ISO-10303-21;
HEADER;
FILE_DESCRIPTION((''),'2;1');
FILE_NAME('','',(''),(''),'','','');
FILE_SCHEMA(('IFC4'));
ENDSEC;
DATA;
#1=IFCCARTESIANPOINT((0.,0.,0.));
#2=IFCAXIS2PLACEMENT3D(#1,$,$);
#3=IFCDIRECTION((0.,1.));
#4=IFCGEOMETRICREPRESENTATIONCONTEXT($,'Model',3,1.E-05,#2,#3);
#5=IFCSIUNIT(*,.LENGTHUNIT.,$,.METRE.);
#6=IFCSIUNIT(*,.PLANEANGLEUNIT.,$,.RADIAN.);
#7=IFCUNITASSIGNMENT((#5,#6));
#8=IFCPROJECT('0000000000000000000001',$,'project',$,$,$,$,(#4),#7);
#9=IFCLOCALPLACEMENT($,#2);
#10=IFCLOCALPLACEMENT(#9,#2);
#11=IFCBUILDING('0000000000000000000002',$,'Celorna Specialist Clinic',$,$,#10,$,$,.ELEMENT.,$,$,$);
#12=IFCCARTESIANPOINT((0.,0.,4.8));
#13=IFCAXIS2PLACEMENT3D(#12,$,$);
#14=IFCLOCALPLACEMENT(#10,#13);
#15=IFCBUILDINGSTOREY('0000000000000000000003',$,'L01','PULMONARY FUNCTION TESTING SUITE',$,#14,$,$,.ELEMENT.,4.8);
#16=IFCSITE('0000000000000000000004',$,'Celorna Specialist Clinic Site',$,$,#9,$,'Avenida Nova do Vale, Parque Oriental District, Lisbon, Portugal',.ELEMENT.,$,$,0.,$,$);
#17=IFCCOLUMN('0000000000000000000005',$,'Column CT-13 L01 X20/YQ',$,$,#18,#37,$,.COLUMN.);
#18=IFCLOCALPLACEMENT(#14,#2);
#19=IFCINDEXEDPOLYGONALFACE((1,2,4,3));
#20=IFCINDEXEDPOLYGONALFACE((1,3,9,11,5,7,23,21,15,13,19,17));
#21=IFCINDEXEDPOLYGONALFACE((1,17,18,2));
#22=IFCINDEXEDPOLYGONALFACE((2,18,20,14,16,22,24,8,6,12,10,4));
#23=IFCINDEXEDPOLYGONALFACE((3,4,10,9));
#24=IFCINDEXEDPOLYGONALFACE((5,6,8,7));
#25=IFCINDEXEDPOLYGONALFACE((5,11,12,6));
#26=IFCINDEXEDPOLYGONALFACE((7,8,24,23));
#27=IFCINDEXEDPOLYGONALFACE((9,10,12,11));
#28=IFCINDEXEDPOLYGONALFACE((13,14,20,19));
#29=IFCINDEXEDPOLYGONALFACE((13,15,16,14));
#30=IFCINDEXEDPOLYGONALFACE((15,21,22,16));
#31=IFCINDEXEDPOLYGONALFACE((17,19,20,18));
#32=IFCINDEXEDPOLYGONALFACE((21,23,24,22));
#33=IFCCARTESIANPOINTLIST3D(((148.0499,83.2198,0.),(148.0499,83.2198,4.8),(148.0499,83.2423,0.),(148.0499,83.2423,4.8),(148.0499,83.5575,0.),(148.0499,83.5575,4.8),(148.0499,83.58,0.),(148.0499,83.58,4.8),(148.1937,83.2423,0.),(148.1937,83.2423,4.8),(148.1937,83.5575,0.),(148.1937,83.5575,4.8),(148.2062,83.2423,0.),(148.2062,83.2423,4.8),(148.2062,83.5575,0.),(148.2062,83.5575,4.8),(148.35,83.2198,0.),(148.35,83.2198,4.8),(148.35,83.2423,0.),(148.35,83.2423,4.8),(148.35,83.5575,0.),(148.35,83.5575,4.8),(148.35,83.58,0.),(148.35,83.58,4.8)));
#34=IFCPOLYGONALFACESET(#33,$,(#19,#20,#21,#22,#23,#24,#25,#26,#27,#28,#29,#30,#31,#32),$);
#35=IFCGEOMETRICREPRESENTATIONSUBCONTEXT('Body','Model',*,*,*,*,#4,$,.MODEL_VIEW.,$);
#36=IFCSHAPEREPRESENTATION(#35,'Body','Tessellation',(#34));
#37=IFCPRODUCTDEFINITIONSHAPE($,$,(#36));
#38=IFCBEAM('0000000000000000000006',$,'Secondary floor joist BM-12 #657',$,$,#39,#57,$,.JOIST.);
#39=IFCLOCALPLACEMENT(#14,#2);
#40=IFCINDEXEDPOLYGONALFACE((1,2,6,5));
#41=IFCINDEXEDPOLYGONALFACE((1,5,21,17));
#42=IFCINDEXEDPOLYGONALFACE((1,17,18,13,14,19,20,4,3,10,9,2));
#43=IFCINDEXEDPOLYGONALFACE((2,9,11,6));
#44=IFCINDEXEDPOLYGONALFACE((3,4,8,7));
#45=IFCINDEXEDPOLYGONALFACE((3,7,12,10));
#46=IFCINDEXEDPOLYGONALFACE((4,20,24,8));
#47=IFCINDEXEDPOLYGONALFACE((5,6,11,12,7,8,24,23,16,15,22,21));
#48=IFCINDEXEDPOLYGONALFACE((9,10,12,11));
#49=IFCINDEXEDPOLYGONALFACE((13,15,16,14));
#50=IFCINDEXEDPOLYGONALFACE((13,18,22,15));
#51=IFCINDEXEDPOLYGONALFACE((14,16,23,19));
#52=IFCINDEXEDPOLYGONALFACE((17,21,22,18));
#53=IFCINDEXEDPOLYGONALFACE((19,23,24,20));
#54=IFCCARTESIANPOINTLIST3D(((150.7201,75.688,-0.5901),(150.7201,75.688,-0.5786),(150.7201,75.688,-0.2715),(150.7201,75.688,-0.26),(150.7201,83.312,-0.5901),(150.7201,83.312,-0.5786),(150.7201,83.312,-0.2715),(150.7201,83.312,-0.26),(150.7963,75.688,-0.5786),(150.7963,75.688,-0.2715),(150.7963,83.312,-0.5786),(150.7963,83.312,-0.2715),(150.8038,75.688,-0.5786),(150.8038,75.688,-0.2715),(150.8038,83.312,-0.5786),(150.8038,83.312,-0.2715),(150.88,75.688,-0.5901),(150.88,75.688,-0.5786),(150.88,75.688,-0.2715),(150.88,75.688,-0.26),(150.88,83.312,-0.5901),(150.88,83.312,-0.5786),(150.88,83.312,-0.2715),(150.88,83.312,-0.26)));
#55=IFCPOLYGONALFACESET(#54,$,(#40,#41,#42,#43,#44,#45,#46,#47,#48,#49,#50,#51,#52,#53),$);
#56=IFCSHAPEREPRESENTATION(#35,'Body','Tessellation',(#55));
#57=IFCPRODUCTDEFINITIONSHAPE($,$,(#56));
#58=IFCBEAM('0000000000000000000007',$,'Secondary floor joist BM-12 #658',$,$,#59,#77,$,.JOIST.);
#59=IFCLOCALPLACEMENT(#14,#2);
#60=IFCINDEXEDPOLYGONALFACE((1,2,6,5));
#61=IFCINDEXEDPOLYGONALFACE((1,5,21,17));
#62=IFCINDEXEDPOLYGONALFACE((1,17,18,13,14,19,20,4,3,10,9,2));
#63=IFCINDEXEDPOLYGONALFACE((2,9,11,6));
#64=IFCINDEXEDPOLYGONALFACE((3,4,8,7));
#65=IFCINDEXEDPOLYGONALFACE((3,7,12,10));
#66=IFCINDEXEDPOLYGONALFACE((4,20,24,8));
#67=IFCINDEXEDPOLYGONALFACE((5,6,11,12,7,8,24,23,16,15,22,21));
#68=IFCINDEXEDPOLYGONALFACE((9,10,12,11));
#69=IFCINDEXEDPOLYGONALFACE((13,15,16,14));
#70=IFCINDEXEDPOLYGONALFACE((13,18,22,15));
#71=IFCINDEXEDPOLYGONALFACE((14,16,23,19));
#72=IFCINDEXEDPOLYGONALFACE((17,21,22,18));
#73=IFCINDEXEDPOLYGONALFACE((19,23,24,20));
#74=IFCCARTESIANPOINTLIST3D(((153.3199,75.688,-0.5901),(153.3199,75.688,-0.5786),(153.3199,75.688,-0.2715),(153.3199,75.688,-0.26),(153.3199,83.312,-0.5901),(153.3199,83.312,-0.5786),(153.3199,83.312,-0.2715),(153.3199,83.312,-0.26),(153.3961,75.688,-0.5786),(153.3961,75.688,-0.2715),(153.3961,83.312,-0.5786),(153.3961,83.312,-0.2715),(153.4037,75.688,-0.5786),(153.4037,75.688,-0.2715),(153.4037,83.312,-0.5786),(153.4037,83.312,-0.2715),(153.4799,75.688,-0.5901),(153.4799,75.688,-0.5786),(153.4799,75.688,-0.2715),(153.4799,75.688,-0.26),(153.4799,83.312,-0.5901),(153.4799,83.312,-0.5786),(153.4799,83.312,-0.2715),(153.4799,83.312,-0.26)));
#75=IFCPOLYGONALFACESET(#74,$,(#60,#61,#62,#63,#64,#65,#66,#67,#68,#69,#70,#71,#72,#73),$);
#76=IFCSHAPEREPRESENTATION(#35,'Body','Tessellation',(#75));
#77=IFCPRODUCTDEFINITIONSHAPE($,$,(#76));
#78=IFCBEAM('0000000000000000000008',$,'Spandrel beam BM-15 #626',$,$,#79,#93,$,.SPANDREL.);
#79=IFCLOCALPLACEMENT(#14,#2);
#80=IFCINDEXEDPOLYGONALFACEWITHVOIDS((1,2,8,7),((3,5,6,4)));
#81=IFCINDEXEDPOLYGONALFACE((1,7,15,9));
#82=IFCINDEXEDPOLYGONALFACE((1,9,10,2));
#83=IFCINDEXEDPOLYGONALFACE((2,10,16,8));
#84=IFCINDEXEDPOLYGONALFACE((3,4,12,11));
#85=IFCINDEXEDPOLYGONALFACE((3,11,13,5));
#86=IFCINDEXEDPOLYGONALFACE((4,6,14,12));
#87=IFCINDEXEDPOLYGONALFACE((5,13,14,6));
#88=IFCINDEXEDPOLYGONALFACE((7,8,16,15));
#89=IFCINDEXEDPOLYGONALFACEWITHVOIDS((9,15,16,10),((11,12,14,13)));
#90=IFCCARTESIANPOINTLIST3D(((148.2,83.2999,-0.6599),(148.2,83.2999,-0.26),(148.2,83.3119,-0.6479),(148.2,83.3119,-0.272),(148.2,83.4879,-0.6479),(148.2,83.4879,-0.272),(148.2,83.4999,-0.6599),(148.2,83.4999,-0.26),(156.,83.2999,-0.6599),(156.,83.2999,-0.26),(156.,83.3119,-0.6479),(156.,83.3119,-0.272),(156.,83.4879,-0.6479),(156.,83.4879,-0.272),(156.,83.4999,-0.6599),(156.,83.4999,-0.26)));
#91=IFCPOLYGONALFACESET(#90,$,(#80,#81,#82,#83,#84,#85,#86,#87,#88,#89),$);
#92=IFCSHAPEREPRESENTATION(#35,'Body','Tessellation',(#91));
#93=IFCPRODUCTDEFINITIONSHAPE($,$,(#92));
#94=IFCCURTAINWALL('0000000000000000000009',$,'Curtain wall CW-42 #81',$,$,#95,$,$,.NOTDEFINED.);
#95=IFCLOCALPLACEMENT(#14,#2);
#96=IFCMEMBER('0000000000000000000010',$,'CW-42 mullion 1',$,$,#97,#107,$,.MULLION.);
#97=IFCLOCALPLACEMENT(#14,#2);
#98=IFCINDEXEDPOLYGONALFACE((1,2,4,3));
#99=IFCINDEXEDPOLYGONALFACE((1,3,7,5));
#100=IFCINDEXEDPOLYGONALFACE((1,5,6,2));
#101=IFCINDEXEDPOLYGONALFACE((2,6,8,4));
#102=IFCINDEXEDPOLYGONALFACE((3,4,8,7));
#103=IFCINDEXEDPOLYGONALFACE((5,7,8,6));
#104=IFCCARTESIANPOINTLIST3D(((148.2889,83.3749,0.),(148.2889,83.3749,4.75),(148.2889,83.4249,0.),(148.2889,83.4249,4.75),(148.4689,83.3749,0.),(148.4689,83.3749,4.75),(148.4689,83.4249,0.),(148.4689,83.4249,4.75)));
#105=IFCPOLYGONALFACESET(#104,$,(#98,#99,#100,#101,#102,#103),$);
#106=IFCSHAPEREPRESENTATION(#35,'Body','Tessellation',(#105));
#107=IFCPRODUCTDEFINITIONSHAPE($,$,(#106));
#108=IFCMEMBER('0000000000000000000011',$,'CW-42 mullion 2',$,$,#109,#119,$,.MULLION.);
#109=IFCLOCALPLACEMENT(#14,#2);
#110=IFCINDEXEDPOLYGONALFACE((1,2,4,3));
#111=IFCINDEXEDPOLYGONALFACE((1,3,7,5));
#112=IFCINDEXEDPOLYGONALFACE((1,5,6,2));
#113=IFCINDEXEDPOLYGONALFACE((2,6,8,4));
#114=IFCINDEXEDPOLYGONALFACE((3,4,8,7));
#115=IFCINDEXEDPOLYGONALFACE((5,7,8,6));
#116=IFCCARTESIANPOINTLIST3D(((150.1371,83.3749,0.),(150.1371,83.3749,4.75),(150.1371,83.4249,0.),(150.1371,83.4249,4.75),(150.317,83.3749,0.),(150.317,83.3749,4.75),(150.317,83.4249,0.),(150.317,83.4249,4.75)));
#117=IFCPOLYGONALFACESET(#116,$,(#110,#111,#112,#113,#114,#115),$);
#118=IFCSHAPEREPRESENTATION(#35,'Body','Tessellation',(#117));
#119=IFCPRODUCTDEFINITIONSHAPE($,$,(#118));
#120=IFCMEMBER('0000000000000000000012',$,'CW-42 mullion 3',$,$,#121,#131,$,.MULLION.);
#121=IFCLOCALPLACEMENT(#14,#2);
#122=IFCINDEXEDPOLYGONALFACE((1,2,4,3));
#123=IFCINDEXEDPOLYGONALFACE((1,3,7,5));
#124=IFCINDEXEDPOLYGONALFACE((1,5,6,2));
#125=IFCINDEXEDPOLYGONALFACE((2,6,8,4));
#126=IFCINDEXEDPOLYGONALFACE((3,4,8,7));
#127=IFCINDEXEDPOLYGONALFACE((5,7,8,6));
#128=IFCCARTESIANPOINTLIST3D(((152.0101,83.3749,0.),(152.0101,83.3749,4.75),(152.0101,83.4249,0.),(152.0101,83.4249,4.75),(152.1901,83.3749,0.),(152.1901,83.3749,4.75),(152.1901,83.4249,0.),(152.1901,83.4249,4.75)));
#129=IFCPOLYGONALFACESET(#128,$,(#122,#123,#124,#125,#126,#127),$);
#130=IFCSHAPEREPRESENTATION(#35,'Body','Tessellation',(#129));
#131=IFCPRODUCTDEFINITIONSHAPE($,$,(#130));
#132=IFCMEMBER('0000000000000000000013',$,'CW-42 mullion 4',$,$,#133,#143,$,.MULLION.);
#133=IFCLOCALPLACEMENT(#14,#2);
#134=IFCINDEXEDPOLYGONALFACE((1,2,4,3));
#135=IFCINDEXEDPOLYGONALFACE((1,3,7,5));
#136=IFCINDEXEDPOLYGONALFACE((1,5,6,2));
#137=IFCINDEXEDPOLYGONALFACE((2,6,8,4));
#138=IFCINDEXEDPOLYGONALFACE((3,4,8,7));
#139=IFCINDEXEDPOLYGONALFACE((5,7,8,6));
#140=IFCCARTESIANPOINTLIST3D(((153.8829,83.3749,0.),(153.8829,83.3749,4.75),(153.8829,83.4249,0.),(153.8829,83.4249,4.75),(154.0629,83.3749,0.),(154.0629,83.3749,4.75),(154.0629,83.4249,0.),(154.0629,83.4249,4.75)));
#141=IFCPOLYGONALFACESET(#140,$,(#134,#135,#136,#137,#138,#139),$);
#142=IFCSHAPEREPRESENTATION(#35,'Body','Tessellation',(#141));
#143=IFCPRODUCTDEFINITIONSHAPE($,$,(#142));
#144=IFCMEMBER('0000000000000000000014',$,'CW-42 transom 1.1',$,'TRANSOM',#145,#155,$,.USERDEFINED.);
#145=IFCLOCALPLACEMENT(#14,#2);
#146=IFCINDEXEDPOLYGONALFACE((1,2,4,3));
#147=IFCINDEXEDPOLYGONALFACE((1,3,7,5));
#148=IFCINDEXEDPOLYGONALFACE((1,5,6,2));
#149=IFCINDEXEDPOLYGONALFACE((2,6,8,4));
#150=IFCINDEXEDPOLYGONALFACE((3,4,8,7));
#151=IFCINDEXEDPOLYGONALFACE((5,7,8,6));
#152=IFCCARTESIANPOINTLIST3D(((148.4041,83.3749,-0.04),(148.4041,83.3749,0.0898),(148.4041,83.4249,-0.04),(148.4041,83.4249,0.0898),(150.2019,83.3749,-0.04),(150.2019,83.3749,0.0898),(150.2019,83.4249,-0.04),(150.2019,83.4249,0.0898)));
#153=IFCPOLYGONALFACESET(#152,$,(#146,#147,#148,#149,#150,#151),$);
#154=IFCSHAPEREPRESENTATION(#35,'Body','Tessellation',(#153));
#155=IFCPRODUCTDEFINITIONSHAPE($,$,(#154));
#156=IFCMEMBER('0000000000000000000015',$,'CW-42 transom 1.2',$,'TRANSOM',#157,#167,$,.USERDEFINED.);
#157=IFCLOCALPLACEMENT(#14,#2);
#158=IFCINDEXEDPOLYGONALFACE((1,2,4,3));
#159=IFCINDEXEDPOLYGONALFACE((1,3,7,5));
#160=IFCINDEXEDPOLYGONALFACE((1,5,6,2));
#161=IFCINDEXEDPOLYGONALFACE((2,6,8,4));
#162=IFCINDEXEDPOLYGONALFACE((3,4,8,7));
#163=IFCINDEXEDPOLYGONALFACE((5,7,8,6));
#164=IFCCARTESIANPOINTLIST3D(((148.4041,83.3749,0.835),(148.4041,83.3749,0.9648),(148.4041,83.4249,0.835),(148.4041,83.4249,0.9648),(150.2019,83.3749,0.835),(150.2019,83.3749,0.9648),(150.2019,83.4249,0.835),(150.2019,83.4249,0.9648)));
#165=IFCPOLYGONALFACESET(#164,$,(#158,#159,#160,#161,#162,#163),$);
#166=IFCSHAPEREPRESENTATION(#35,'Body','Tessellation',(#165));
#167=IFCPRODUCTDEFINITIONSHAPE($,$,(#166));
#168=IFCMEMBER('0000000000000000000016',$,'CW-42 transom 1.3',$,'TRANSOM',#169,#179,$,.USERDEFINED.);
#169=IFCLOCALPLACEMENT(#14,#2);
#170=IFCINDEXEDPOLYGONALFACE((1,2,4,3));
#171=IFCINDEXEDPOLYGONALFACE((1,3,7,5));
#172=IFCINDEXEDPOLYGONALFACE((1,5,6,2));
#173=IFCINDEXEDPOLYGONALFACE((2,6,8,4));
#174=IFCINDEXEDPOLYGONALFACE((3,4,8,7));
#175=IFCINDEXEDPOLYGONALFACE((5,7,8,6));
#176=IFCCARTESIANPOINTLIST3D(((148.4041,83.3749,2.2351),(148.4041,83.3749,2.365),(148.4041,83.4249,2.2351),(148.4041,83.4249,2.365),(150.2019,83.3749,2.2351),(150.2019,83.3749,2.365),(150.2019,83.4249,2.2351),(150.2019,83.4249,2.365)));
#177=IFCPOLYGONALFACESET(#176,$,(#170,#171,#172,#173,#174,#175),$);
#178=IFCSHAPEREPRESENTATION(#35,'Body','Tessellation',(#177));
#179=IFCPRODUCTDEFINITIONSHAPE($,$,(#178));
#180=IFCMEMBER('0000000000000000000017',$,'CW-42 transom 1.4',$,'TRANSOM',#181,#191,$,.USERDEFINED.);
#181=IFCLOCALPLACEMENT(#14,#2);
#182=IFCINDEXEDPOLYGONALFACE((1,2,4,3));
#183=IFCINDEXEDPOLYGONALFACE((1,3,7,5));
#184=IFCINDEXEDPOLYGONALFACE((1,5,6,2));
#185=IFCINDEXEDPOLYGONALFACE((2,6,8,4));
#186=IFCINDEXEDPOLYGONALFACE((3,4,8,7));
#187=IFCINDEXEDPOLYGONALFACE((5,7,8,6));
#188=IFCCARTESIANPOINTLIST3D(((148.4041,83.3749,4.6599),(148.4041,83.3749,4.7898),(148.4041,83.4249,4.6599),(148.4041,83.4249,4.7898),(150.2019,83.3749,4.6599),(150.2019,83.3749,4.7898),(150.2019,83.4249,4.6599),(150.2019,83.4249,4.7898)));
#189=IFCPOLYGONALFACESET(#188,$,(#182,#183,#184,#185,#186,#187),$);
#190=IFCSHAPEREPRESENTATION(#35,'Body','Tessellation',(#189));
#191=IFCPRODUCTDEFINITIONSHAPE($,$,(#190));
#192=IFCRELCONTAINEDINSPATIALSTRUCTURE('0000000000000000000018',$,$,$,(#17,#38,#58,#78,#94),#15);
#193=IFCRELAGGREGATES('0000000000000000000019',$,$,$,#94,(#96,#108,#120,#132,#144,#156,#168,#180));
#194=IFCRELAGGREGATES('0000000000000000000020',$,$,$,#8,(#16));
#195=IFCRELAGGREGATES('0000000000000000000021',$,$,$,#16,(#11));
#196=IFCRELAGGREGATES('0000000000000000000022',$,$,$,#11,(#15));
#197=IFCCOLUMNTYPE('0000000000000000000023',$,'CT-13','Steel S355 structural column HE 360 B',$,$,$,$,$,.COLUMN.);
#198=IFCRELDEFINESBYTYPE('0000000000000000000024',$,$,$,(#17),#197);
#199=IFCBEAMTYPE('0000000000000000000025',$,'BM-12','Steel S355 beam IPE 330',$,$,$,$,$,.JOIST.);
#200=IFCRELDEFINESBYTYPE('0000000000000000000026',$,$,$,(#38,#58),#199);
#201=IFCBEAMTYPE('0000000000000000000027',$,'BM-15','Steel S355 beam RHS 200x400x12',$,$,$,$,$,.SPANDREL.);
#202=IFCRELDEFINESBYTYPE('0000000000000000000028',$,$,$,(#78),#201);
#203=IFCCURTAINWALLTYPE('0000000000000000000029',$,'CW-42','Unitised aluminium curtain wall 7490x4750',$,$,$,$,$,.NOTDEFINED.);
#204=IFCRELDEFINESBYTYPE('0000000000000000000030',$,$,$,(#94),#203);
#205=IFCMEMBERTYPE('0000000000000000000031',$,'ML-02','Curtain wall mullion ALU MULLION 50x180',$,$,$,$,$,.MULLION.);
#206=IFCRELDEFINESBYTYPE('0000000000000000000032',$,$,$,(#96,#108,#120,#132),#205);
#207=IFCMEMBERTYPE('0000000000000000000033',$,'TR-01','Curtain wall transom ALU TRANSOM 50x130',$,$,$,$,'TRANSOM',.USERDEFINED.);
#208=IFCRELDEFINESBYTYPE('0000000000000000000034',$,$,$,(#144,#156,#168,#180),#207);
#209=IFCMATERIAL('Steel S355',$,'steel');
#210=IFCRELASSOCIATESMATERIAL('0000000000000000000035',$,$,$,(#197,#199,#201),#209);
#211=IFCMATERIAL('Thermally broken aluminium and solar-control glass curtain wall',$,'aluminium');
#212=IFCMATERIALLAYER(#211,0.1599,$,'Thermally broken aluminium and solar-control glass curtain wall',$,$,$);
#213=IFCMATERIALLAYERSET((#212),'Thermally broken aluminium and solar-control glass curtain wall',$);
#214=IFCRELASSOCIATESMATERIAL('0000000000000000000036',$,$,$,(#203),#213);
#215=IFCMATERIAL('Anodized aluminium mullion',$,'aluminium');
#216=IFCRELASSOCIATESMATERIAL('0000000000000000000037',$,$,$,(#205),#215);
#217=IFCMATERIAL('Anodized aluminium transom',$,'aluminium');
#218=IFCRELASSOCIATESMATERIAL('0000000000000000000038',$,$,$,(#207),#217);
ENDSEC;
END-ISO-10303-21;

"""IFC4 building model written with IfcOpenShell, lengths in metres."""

from ifc_helpers import new_model, si_unit, direction, frame, origin, origin_2d, place, context, subcontext, project, spatial, rectangle, hollow_rectangle, i_section, extrude, material, layer, layer_set, material_profile, profile_set, type_object, element, aggregate, save


model = new_model("IFC4")

# Units and contexts
model_context = context("Model", 3, precision=1e-05, world=origin(), true_north=direction((0.0, 1.0)))
body_context = subcontext(model_context, "Body", "Model", "MODEL_VIEW")
ifc_project = project(units=[si_unit("LENGTHUNIT", "METRE"), si_unit("PLANEANGLEUNIT", "RADIAN")], contexts=[model_context])

# Site, building, storey
site_placement = place(None, origin())
site = spatial("IfcSite", under=ifc_project, at=site_placement, Name="Celorna Specialist Clinic Site", LongName="Avenida Nova do Vale, Parque Oriental District, Lisbon, Portugal", CompositionType="ELEMENT", RefElevation=0.0)
building_placement = place(site_placement, origin())
building = spatial("IfcBuilding", under=site, at=building_placement, Name="Celorna Specialist Clinic", CompositionType="ELEMENT")
storey_placement = place(building_placement, frame((0.0, 0.0, 4.8)))
storey = spatial("IfcBuildingStorey", under=building, at=storey_placement, Name="L01", Description="PULMONARY FUNCTION TESTING SUITE", CompositionType="ELEMENT", Elevation=4.8)

# Column
ifc_material_1 = material(Name="Steel S355", Category="steel")
ifc_material_profile_1 = material_profile(ifc_material_1, i_section(OverallWidth=0.3, OverallDepth=0.3601, WebThickness=0.0125, FlangeThickness=0.0225, at=origin_2d()), Name="HE 360 B")
ifc_profile_set_1 = profile_set([ifc_material_profile_1], Name="Steel S355")
column_type = type_object("IfcColumnType", Name="CT-13", Description="Steel S355 structural column HE 360 B", PredefinedType="COLUMN", material=ifc_profile_set_1)
column_placement = place(storey_placement, frame((148.2, 83.3999, 0.0), z_axis=(0.0, 0.0, 1.0), x_axis=(1.0, 0.0, 0.0)))
element("IfcColumn", 1, at=column_placement, inside=storey, type_object=column_type, Name="Column CT-13 L01 X20/YQ", PredefinedType="COLUMN", context=body_context, shape_type="SweptSolid", body=[
    extrude(i_section(OverallWidth=0.3, OverallDepth=0.3601, WebThickness=0.0125, FlangeThickness=0.0225, at=origin_2d()), origin(), (0.0, 0.0, 1.0), 4.8),
])

# Beams
ifc_material_profile_2 = material_profile(ifc_material_1, i_section(OverallWidth=0.1599, OverallDepth=0.3301, WebThickness=0.0076, FlangeThickness=0.0115, at=origin_2d()), Name="IPE 330")
ifc_profile_set_2 = profile_set([ifc_material_profile_2], Name="Steel S355")
beam_type_1 = type_object("IfcBeamType", Name="BM-12", Description="Steel S355 beam IPE 330", PredefinedType="JOIST", material=ifc_profile_set_2)
for number, where, z_axis, x_axis, name in (
    (2, (150.8, 75.688, -0.425), (0.0, 1.0, 0.0), (-1.0, 0.0, 0.0), "Secondary floor joist BM-12 #657"),
    (3, (153.3999, 75.688, -0.425), (0.0, 1.0, 0.0), (-1.0, 0.0, 0.0), "Secondary floor joist BM-12 #658"),
):
    element("IfcBeam", number, at=place(storey_placement, frame(where, z_axis=z_axis, x_axis=x_axis)), inside=storey, type_object=beam_type_1, Name=name, PredefinedType="JOIST", context=body_context, shape_type="SweptSolid", body=[
        extrude(i_section(OverallWidth=0.1599, OverallDepth=0.3301, WebThickness=0.0076, FlangeThickness=0.0115, at=origin_2d()), origin(), (0.0, 0.0, 1.0), 7.624),
    ])
ifc_material_profile_3 = material_profile(ifc_material_1, hollow_rectangle(XDim=0.2, YDim=0.3999, WallThickness=0.012, at=origin_2d()), Name="RHS 200x400x12")
ifc_profile_set_3 = profile_set([ifc_material_profile_3], Name="Steel S355")
beam_type_2 = type_object("IfcBeamType", Name="BM-15", Description="Steel S355 beam RHS 200x400x12", PredefinedType="SPANDREL", material=ifc_profile_set_3)
beam_placement = place(storey_placement, frame((148.2, 83.3999, -0.46), z_axis=(1.0, 0.0, 0.0), x_axis=(0.0, 1.0, 0.0)))
element("IfcBeam", 4, at=beam_placement, inside=storey, type_object=beam_type_2, Name="Spandrel beam BM-15 #626", PredefinedType="SPANDREL", context=body_context, shape_type="SweptSolid", body=[
    extrude(hollow_rectangle(XDim=0.2, YDim=0.3999, WallThickness=0.012, at=origin_2d()), origin(), (0.0, 0.0, 1.0), 7.8),
])

# Curtain wall, members
ifc_material_2 = material(Name="Thermally broken aluminium and solar-control glass curtain wall", Category="aluminium")
ifc_layer_1 = layer(ifc_material_2, 0.1599, Name="Thermally broken aluminium and solar-control glass curtain wall")
ifc_layer_set_1 = layer_set([ifc_layer_1], Name="Thermally broken aluminium and solar-control glass curtain wall")
curtain_wall_type = type_object("IfcCurtainWallType", Name="CW-42", Description="Unitised aluminium curtain wall 7490x4750", PredefinedType="NOTDEFINED", material=ifc_layer_set_1)
curtain_wall_placement = place(storey_placement, origin())
curtain_wall = element("IfcCurtainWall", 5, at=curtain_wall_placement, inside=storey, type_object=curtain_wall_type, Name="Curtain wall CW-42 #81", PredefinedType="NOTDEFINED")
ifc_material_3 = material(Name="Anodized aluminium mullion", Category="aluminium")
ifc_material_profile_4 = material_profile(ifc_material_3, rectangle(XDim=0.05, YDim=0.1799, at=origin_2d()), Name="ALU MULLION 50x180")
ifc_profile_set_4 = profile_set([ifc_material_profile_4], Name="Anodized aluminium mullion")
member_type_1 = type_object("IfcMemberType", Name="ML-02", Description="Curtain wall mullion ALU MULLION 50x180", PredefinedType="MULLION", material=ifc_profile_set_4)
member_1_placement = place(storey_placement, frame((148.3789, 83.3999, 0.0), z_axis=(0.0, 0.0, 1.0), x_axis=(0.0, 1.0, 0.0)))
member_1 = element("IfcMember", 6, at=member_1_placement, type_object=member_type_1, Name="CW-42 mullion 1", PredefinedType="MULLION", context=body_context, shape_type="SweptSolid", body=[
    extrude(rectangle(XDim=0.05, YDim=0.1799, at=origin_2d()), origin(), (0.0, 0.0, 1.0), 4.75),
])
member_2_placement = place(storey_placement, frame((150.2271, 83.3999, 0.0), z_axis=(0.0, 0.0, 1.0), x_axis=(0.0, 1.0, 0.0)))
member_2 = element("IfcMember", 7, at=member_2_placement, type_object=member_type_1, Name="CW-42 mullion 2", PredefinedType="MULLION", context=body_context, shape_type="SweptSolid", body=[
    extrude(rectangle(XDim=0.05, YDim=0.1799, at=origin_2d()), origin(), (0.0, 0.0, 1.0), 4.75),
])
member_3_placement = place(storey_placement, frame((152.1001, 83.3999, 0.0), z_axis=(0.0, 0.0, 1.0), x_axis=(0.0, 1.0, 0.0)))
member_3 = element("IfcMember", 8, at=member_3_placement, type_object=member_type_1, Name="CW-42 mullion 3", PredefinedType="MULLION", context=body_context, shape_type="SweptSolid", body=[
    extrude(rectangle(XDim=0.05, YDim=0.1799, at=origin_2d()), origin(), (0.0, 0.0, 1.0), 4.75),
])
member_4_placement = place(storey_placement, frame((153.9729, 83.3999, 0.0), z_axis=(0.0, 0.0, 1.0), x_axis=(0.0, 1.0, 0.0)))
member_4 = element("IfcMember", 9, at=member_4_placement, type_object=member_type_1, Name="CW-42 mullion 4", PredefinedType="MULLION", context=body_context, shape_type="SweptSolid", body=[
    extrude(rectangle(XDim=0.05, YDim=0.1799, at=origin_2d()), origin(), (0.0, 0.0, 1.0), 4.75),
])
ifc_material_4 = material(Name="Anodized aluminium transom", Category="aluminium")
ifc_material_profile_5 = material_profile(ifc_material_4, rectangle(XDim=0.05, YDim=0.1299, at=origin_2d()), Name="ALU TRANSOM 50x130")
ifc_profile_set_5 = profile_set([ifc_material_profile_5], Name="Anodized aluminium transom")
member_type_2 = type_object("IfcMemberType", Name="TR-01", Description="Curtain wall transom ALU TRANSOM 50x130", ElementType="TRANSOM", PredefinedType="USERDEFINED", material=ifc_profile_set_5)
member_5_placement = place(storey_placement, frame((148.4041, 83.3999, 0.0249), z_axis=(1.0, 0.0, 0.0), x_axis=(0.0, 1.0, 0.0)))
member_5 = element("IfcMember", 10, at=member_5_placement, type_object=member_type_2, Name="CW-42 transom 1.1", ObjectType="TRANSOM", PredefinedType="USERDEFINED", context=body_context, shape_type="SweptSolid", body=[
    extrude(rectangle(XDim=0.05, YDim=0.1299, at=origin_2d()), origin(), (0.0, 0.0, 1.0), 1.7979),
])
member_6_placement = place(storey_placement, frame((148.4041, 83.3999, 0.8999), z_axis=(1.0, 0.0, 0.0), x_axis=(0.0, 1.0, 0.0)))
member_6 = element("IfcMember", 11, at=member_6_placement, type_object=member_type_2, Name="CW-42 transom 1.2", ObjectType="TRANSOM", PredefinedType="USERDEFINED", context=body_context, shape_type="SweptSolid", body=[
    extrude(rectangle(XDim=0.05, YDim=0.1299, at=origin_2d()), origin(), (0.0, 0.0, 1.0), 1.7979),
])
member_7_placement = place(storey_placement, frame((148.4041, 83.3999, 2.3), z_axis=(1.0, 0.0, 0.0), x_axis=(0.0, 1.0, 0.0)))
member_7 = element("IfcMember", 12, at=member_7_placement, type_object=member_type_2, Name="CW-42 transom 1.3", ObjectType="TRANSOM", PredefinedType="USERDEFINED", context=body_context, shape_type="SweptSolid", body=[
    extrude(rectangle(XDim=0.05, YDim=0.1299, at=origin_2d()), origin(), (0.0, 0.0, 1.0), 1.7979),
])
member_8_placement = place(storey_placement, frame((148.4041, 83.3999, 4.7249), z_axis=(1.0, 0.0, 0.0), x_axis=(0.0, 1.0, 0.0)))
member_8 = element("IfcMember", 13, at=member_8_placement, type_object=member_type_2, Name="CW-42 transom 1.4", ObjectType="TRANSOM", PredefinedType="USERDEFINED", context=body_context, shape_type="SweptSolid", body=[
    extrude(rectangle(XDim=0.05, YDim=0.1299, at=origin_2d()), origin(), (0.0, 0.0, 1.0), 1.7979),
])
aggregate(curtain_wall, [member_1, member_2, member_3, member_4, member_5, member_6, member_7, member_8])

save(model, "model.ifc")
